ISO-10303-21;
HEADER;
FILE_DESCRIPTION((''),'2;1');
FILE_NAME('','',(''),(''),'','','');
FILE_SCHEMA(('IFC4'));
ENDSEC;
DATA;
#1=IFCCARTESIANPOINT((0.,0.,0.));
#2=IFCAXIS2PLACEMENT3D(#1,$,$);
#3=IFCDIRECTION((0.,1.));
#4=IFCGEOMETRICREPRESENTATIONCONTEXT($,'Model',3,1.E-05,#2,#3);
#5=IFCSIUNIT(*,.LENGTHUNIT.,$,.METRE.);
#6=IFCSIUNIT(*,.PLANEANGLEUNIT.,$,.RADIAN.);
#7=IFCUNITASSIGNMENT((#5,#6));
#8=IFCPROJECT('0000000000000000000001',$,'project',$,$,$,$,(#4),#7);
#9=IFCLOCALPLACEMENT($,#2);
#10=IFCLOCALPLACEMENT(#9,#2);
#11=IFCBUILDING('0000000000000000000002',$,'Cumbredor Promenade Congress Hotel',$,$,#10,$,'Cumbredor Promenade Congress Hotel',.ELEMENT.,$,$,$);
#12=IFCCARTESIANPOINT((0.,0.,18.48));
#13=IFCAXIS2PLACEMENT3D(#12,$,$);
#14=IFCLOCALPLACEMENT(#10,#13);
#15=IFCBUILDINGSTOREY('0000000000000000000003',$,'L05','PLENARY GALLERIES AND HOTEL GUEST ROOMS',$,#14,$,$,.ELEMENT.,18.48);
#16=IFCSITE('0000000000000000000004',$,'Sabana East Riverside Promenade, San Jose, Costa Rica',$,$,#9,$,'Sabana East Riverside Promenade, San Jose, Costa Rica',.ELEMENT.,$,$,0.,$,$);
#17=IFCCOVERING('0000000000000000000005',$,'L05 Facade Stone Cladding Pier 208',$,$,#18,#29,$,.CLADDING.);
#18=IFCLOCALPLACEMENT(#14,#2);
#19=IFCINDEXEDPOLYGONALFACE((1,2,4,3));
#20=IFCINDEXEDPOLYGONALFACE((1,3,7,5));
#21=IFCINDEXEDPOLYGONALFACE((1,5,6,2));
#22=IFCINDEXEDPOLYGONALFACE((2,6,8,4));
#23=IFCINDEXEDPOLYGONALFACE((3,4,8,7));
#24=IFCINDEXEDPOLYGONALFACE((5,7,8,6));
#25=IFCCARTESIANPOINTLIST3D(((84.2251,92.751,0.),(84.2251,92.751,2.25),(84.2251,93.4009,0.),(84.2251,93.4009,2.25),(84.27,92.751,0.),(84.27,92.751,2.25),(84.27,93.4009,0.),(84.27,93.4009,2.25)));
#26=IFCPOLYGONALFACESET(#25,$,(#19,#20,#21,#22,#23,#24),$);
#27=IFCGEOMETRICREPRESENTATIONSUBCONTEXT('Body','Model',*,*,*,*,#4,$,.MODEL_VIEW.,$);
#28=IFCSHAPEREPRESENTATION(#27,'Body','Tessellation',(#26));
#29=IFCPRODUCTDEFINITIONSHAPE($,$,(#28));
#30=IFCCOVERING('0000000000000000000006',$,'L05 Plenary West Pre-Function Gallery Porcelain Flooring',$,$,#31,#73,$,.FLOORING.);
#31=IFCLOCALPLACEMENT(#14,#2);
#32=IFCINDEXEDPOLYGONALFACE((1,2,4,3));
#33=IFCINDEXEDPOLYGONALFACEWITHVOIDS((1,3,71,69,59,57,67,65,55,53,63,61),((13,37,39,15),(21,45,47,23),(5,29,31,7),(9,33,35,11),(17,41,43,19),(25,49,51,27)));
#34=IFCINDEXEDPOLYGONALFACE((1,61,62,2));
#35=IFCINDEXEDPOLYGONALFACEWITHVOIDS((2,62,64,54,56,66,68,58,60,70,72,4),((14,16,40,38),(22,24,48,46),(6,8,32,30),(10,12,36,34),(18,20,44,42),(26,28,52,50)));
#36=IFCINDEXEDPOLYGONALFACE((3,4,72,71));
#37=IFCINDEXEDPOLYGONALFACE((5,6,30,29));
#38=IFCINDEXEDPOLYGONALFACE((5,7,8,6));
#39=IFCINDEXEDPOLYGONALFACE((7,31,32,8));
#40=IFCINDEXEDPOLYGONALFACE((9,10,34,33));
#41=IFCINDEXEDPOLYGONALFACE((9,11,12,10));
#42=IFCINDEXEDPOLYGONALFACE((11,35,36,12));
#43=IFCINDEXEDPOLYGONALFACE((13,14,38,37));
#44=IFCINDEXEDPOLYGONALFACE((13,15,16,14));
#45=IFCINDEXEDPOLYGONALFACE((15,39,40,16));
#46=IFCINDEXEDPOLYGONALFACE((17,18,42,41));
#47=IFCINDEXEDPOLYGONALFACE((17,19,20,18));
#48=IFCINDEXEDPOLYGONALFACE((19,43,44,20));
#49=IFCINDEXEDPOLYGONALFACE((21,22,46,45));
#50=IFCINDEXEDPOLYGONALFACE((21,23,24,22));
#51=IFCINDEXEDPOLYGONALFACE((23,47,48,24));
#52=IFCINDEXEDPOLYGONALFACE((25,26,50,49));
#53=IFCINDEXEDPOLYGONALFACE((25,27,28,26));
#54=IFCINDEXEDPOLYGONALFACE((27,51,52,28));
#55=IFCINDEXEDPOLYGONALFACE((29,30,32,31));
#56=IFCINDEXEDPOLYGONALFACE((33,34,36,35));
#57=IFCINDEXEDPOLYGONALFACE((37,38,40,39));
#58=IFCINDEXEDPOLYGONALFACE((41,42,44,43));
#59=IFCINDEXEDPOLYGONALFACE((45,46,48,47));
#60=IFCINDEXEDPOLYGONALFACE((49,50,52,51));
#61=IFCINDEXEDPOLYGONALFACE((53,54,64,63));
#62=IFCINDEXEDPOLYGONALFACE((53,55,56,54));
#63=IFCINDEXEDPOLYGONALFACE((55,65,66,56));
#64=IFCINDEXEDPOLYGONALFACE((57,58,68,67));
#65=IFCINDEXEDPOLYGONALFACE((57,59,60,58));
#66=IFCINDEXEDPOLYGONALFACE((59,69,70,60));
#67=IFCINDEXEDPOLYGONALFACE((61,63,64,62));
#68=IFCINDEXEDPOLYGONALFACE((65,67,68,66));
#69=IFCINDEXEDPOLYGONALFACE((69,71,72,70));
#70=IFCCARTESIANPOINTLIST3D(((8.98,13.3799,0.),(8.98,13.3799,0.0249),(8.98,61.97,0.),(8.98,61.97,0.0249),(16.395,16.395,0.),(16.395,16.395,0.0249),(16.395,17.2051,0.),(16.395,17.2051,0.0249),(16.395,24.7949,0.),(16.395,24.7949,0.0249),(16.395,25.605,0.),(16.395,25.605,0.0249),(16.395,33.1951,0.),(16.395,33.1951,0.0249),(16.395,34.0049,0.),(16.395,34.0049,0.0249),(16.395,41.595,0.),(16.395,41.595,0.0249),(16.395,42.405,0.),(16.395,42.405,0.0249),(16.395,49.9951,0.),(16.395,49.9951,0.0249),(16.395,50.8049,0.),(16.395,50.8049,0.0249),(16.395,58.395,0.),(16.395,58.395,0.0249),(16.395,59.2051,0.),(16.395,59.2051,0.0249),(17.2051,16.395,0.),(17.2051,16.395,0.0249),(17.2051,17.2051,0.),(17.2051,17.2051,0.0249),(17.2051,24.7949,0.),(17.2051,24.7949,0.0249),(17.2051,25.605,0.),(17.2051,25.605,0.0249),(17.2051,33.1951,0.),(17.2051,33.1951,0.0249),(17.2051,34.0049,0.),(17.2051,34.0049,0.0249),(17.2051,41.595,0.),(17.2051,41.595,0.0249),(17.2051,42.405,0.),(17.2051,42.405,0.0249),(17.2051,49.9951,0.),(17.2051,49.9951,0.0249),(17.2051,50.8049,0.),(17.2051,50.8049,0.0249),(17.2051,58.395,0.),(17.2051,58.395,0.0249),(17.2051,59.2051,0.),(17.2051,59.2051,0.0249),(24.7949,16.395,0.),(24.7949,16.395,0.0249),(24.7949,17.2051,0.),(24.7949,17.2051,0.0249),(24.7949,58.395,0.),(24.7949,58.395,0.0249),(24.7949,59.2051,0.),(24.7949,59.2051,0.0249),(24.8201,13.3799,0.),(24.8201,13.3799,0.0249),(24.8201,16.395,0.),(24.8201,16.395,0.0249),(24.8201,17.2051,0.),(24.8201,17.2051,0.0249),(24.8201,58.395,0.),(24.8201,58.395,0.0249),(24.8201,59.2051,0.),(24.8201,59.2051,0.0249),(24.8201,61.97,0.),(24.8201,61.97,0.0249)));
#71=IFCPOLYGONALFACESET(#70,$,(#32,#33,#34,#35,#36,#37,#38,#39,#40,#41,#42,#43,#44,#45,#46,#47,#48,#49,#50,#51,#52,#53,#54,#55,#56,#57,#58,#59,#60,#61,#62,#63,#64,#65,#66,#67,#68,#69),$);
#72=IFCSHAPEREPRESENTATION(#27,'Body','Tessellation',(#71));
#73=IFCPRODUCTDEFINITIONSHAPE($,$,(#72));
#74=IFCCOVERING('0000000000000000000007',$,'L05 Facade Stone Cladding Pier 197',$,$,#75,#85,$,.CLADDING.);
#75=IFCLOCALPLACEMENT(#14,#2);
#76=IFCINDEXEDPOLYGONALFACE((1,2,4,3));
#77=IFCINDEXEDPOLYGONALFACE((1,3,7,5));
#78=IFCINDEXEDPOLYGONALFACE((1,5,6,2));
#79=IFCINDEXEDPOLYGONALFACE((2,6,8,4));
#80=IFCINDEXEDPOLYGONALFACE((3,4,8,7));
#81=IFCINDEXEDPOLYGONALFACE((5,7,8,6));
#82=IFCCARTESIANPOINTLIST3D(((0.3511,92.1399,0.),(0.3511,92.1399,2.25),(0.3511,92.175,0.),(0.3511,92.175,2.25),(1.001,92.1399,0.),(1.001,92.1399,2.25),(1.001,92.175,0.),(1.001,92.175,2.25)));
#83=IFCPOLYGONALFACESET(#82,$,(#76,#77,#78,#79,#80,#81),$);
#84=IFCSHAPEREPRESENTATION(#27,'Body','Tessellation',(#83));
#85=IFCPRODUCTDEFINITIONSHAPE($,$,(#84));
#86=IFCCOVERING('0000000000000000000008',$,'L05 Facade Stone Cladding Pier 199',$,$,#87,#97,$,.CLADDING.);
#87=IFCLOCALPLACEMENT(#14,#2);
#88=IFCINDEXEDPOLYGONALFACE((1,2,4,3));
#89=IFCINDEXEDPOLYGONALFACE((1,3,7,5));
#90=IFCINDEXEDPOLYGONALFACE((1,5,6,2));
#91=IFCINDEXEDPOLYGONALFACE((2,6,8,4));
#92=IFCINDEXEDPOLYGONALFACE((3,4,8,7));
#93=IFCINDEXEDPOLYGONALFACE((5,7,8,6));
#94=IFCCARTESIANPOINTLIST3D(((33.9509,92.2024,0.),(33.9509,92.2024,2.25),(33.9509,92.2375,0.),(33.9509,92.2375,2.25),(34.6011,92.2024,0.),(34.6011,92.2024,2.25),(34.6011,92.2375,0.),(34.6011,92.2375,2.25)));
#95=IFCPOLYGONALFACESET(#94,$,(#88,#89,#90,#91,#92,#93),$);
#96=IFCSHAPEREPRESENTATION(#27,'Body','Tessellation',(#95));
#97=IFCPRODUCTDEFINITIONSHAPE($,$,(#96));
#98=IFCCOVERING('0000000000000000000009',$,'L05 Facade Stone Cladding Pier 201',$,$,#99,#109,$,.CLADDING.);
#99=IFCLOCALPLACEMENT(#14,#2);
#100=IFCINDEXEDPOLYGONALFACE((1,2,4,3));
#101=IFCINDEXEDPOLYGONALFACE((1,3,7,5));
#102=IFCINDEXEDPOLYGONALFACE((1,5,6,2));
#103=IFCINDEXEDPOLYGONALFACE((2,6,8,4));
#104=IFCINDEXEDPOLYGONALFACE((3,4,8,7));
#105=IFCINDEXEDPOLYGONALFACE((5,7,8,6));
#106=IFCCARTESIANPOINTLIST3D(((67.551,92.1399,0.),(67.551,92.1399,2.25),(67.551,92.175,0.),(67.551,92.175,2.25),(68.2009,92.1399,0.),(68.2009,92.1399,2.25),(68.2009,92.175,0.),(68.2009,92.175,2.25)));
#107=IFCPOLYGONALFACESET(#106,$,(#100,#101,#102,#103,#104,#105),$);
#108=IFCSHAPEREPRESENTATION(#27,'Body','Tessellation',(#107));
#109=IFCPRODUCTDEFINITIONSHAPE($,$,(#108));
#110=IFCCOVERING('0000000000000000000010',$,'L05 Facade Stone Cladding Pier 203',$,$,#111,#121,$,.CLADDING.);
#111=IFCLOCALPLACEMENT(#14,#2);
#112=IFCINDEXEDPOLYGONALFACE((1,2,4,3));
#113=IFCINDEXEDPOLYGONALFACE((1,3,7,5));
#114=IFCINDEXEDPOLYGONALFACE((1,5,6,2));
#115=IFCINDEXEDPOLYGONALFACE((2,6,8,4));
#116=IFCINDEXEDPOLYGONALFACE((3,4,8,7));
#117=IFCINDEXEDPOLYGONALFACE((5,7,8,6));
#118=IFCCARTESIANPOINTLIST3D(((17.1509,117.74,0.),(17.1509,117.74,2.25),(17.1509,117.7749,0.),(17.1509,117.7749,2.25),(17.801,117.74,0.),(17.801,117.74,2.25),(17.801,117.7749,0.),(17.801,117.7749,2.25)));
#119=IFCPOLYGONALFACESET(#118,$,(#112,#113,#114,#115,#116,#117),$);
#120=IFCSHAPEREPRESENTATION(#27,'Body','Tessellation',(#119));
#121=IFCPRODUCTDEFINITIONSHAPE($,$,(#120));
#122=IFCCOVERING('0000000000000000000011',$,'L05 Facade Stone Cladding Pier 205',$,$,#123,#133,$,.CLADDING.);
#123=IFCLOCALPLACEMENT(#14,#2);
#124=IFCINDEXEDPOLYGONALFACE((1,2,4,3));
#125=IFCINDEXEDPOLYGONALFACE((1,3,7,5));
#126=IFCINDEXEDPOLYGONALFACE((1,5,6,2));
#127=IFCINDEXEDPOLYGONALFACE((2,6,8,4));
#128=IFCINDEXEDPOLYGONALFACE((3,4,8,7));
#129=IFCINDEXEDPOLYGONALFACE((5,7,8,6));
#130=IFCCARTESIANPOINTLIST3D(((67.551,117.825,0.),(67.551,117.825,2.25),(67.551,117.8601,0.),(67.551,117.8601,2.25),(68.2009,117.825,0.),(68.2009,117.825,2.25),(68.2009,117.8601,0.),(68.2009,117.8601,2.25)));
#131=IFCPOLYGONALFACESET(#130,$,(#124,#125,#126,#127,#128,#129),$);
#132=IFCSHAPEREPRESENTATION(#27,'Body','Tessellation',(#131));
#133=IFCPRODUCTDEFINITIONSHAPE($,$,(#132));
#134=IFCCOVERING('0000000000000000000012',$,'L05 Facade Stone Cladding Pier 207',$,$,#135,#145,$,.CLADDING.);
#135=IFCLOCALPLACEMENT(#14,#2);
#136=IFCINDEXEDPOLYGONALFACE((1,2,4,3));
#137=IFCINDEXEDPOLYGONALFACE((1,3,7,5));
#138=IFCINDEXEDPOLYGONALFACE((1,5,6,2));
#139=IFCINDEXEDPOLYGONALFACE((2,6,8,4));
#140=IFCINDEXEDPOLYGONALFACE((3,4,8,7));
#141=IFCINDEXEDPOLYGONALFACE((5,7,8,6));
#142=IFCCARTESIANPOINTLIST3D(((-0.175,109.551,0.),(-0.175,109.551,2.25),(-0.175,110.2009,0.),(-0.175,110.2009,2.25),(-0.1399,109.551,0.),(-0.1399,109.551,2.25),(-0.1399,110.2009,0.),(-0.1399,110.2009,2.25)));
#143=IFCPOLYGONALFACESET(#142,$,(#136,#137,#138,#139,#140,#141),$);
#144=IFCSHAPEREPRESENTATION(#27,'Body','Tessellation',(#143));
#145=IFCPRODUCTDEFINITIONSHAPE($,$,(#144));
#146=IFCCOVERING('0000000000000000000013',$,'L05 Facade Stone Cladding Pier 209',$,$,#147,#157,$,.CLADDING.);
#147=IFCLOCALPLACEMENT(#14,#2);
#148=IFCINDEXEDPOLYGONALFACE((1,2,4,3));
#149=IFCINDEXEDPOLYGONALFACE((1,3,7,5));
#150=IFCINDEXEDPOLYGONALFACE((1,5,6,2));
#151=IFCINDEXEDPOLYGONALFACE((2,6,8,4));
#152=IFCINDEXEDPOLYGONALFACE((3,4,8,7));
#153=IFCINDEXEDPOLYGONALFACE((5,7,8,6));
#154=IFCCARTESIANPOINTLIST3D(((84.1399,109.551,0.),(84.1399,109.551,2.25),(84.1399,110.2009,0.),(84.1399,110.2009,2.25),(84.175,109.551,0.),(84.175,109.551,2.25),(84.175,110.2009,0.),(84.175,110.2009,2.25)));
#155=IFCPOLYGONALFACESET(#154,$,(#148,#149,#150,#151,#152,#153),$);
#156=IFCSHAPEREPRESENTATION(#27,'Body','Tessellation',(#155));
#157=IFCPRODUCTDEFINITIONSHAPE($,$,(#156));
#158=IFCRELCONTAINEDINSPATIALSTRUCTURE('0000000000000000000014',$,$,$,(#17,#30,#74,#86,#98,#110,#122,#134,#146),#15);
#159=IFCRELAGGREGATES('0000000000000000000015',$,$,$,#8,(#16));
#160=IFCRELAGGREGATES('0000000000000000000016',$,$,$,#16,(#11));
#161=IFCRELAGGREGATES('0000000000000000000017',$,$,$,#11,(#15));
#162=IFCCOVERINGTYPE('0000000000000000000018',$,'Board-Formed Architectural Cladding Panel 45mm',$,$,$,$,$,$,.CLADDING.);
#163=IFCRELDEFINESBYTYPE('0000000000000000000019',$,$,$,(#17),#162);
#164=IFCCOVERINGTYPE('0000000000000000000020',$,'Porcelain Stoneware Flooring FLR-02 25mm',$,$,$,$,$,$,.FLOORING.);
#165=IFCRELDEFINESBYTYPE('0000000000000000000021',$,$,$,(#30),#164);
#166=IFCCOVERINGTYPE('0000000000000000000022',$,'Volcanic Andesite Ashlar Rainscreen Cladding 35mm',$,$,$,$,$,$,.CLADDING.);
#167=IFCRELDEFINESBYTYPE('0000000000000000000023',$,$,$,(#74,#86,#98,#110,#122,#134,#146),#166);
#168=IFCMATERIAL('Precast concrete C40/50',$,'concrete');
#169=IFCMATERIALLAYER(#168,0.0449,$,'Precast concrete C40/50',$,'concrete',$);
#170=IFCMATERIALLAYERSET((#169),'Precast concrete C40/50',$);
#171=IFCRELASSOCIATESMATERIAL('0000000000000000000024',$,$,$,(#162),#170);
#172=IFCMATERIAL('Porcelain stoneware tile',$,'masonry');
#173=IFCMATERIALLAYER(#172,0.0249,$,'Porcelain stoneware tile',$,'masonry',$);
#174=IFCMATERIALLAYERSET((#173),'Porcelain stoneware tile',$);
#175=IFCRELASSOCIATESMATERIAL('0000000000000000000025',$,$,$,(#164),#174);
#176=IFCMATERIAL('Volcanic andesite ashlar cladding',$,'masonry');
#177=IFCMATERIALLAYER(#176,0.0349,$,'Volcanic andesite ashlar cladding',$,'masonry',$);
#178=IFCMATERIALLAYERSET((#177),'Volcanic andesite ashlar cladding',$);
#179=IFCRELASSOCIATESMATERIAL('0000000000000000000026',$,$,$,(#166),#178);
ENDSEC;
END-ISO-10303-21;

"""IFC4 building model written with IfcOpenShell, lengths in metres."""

from ifc_helpers import new_model, si_unit, direction, frame, origin, place, context, subcontext, project, spatial, polyline, outline, extrude, material, layer, layer_set, type_object, element, save


model = new_model("IFC4")

# Units and contexts
model_context = context("Model", 3, precision=1e-05, world=origin(), true_north=direction((0.0, 1.0)))
body_context = subcontext(model_context, "Body", "Model", "MODEL_VIEW")
ifc_project = project(units=[si_unit("LENGTHUNIT", "METRE"), si_unit("PLANEANGLEUNIT", "RADIAN")], contexts=[model_context])

# Site, building, storey
site_placement = place(None, origin())
site = spatial("IfcSite", under=ifc_project, at=site_placement, Name="Sabana East Riverside Promenade, San Jose, Costa Rica", LongName="Sabana East Riverside Promenade, San Jose, Costa Rica", CompositionType="ELEMENT", RefElevation=0.0)
building_placement = place(site_placement, origin())
building = spatial("IfcBuilding", under=site, at=building_placement, Name="Cumbredor Promenade Congress Hotel", LongName="Cumbredor Promenade Congress Hotel", CompositionType="ELEMENT")
storey_placement = place(building_placement, frame((0.0, 0.0, 18.48)))
storey = spatial("IfcBuildingStorey", under=building, at=storey_placement, Name="L05", Description="PLENARY GALLERIES AND HOTEL GUEST ROOMS", CompositionType="ELEMENT", Elevation=18.48)

# Coverings
ifc_material_1 = material(Name="Precast concrete C40/50", Category="concrete")
ifc_layer_1 = layer(ifc_material_1, 0.0449, Name="Precast concrete C40/50", Category="concrete")
ifc_layer_set_1 = layer_set([ifc_layer_1], Name="Precast concrete C40/50")
covering_type_1 = type_object("IfcCoveringType", Name="Board-Formed Architectural Cladding Panel 45mm", PredefinedType="CLADDING", material=ifc_layer_set_1)
covering_1_placement = place(storey_placement, origin())
element("IfcCovering", 1, at=covering_1_placement, inside=storey, type_object=covering_type_1, Name="L05 Facade Stone Cladding Pier 208", PredefinedType="CLADDING", context=body_context, shape_type="SweptSolid", body=[
    extrude(outline(polyline([(84.2251, 92.751), (84.2251, 93.4009), (84.27, 93.4009), (84.27, 92.751), (84.2251, 92.751)])), origin(), (0.0, 0.0, 1.0), 2.25),
])
ifc_material_2 = material(Name="Porcelain stoneware tile", Category="masonry")
ifc_layer_2 = layer(ifc_material_2, 0.0249, Name="Porcelain stoneware tile", Category="masonry")
ifc_layer_set_2 = layer_set([ifc_layer_2], Name="Porcelain stoneware tile")
covering_type_2 = type_object("IfcCoveringType", Name="Porcelain Stoneware Flooring FLR-02 25mm", PredefinedType="FLOORING", material=ifc_layer_set_2)
covering_2_placement = place(storey_placement, origin())
element("IfcCovering", 2, at=covering_2_placement, inside=storey, type_object=covering_type_2, Name="L05 Plenary West Pre-Function Gallery Porcelain Flooring", PredefinedType="FLOORING", context=body_context, shape_type="SweptSolid", body=[
    extrude(outline(polyline([(24.7949, 17.2051), (24.7949, 16.395), (24.8201, 16.395), (24.8201, 13.3799), (8.98, 13.3799), (8.98, 61.97), (24.8201, 61.97), (24.8201, 59.2051), (24.7949, 59.2051), (24.7949, 58.395), (24.8201, 58.395), (24.8201, 17.2051), (24.7949, 17.2051)]), holes=[polyline([(17.2051, 16.395), (17.2051, 17.2051), (16.395, 17.2051), (16.395, 16.395), (17.2051, 16.395)]), polyline([(16.395, 24.7949), (17.2051, 24.7949), (17.2051, 25.605), (16.395, 25.605), (16.395, 24.7949)]), polyline([(16.395, 34.0049), (16.395, 33.1951), (17.2051, 33.1951), (17.2051, 34.0049), (16.395, 34.0049)]), polyline([(17.2051, 42.405), (16.395, 42.405), (16.395, 41.595), (17.2051, 41.595), (17.2051, 42.405)]), polyline([(17.2051, 49.9951), (17.2051, 50.8049), (16.395, 50.8049), (16.395, 49.9951), (17.2051, 49.9951)]), polyline([(16.395, 58.395), (17.2051, 58.395), (17.2051, 59.2051), (16.395, 59.2051), (16.395, 58.395)])]), origin(), (0.0, 0.0, 1.0), 0.0249),
])
ifc_material_3 = material(Name="Volcanic andesite ashlar cladding", Category="masonry")
ifc_layer_3 = layer(ifc_material_3, 0.0349, Name="Volcanic andesite ashlar cladding", Category="masonry")
ifc_layer_set_3 = layer_set([ifc_layer_3], Name="Volcanic andesite ashlar cladding")
covering_type_3 = type_object("IfcCoveringType", Name="Volcanic Andesite Ashlar Rainscreen Cladding 35mm", PredefinedType="CLADDING", material=ifc_layer_set_3)
covering_3_placement = place(storey_placement, origin())
element("IfcCovering", 3, at=covering_3_placement, inside=storey, type_object=covering_type_3, Name="L05 Facade Stone Cladding Pier 197", PredefinedType="CLADDING", context=body_context, shape_type="SweptSolid", body=[
    extrude(outline(polyline([(0.3511, 92.175), (1.001, 92.175), (1.001, 92.1399), (0.3511, 92.1399), (0.3511, 92.175)])), origin(), (0.0, 0.0, 1.0), 2.25),
])
covering_4_placement = place(storey_placement, origin())
element("IfcCovering", 4, at=covering_4_placement, inside=storey, type_object=covering_type_3, Name="L05 Facade Stone Cladding Pier 199", PredefinedType="CLADDING", context=body_context, shape_type="SweptSolid", body=[
    extrude(outline(polyline([(33.9509, 92.2375), (34.6011, 92.2375), (34.6011, 92.2024), (33.9509, 92.2024), (33.9509, 92.2375)])), origin(), (0.0, 0.0, 1.0), 2.25),
])
covering_5_placement = place(storey_placement, origin())
element("IfcCovering", 5, at=covering_5_placement, inside=storey, type_object=covering_type_3, Name="L05 Facade Stone Cladding Pier 201", PredefinedType="CLADDING", context=body_context, shape_type="SweptSolid", body=[
    extrude(outline(polyline([(67.551, 92.175), (68.2009, 92.175), (68.2009, 92.1399), (67.551, 92.1399), (67.551, 92.175)])), origin(), (0.0, 0.0, 1.0), 2.25),
])
covering_6_placement = place(storey_placement, origin())
element("IfcCovering", 6, at=covering_6_placement, inside=storey, type_object=covering_type_3, Name="L05 Facade Stone Cladding Pier 203", PredefinedType="CLADDING", context=body_context, shape_type="SweptSolid", body=[
    extrude(outline(polyline([(17.1509, 117.74), (17.801, 117.74), (17.801, 117.7749), (17.1509, 117.7749), (17.1509, 117.74)])), origin(), (0.0, 0.0, 1.0), 2.25),
])
covering_7_placement = place(storey_placement, origin())
element("IfcCovering", 7, at=covering_7_placement, inside=storey, type_object=covering_type_3, Name="L05 Facade Stone Cladding Pier 205", PredefinedType="CLADDING", context=body_context, shape_type="SweptSolid", body=[
    extrude(outline(polyline([(67.551, 117.825), (68.2009, 117.825), (68.2009, 117.8601), (67.551, 117.8601), (67.551, 117.825)])), origin(), (0.0, 0.0, 1.0), 2.25),
])
covering_8_placement = place(storey_placement, origin())
element("IfcCovering", 8, at=covering_8_placement, inside=storey, type_object=covering_type_3, Name="L05 Facade Stone Cladding Pier 207", PredefinedType="CLADDING", context=body_context, shape_type="SweptSolid", body=[
    extrude(outline(polyline([(-0.1399, 109.551), (-0.1399, 110.2009), (-0.175, 110.2009), (-0.175, 109.551), (-0.1399, 109.551)])), origin(), (0.0, 0.0, 1.0), 2.25),
])
covering_9_placement = place(storey_placement, origin())
element("IfcCovering", 9, at=covering_9_placement, inside=storey, type_object=covering_type_3, Name="L05 Facade Stone Cladding Pier 209", PredefinedType="CLADDING", context=body_context, shape_type="SweptSolid", body=[
    extrude(outline(polyline([(84.1399, 109.551), (84.1399, 110.2009), (84.175, 110.2009), (84.175, 109.551), (84.1399, 109.551)])), origin(), (0.0, 0.0, 1.0), 2.25),
])

save(model, "model.ifc")
